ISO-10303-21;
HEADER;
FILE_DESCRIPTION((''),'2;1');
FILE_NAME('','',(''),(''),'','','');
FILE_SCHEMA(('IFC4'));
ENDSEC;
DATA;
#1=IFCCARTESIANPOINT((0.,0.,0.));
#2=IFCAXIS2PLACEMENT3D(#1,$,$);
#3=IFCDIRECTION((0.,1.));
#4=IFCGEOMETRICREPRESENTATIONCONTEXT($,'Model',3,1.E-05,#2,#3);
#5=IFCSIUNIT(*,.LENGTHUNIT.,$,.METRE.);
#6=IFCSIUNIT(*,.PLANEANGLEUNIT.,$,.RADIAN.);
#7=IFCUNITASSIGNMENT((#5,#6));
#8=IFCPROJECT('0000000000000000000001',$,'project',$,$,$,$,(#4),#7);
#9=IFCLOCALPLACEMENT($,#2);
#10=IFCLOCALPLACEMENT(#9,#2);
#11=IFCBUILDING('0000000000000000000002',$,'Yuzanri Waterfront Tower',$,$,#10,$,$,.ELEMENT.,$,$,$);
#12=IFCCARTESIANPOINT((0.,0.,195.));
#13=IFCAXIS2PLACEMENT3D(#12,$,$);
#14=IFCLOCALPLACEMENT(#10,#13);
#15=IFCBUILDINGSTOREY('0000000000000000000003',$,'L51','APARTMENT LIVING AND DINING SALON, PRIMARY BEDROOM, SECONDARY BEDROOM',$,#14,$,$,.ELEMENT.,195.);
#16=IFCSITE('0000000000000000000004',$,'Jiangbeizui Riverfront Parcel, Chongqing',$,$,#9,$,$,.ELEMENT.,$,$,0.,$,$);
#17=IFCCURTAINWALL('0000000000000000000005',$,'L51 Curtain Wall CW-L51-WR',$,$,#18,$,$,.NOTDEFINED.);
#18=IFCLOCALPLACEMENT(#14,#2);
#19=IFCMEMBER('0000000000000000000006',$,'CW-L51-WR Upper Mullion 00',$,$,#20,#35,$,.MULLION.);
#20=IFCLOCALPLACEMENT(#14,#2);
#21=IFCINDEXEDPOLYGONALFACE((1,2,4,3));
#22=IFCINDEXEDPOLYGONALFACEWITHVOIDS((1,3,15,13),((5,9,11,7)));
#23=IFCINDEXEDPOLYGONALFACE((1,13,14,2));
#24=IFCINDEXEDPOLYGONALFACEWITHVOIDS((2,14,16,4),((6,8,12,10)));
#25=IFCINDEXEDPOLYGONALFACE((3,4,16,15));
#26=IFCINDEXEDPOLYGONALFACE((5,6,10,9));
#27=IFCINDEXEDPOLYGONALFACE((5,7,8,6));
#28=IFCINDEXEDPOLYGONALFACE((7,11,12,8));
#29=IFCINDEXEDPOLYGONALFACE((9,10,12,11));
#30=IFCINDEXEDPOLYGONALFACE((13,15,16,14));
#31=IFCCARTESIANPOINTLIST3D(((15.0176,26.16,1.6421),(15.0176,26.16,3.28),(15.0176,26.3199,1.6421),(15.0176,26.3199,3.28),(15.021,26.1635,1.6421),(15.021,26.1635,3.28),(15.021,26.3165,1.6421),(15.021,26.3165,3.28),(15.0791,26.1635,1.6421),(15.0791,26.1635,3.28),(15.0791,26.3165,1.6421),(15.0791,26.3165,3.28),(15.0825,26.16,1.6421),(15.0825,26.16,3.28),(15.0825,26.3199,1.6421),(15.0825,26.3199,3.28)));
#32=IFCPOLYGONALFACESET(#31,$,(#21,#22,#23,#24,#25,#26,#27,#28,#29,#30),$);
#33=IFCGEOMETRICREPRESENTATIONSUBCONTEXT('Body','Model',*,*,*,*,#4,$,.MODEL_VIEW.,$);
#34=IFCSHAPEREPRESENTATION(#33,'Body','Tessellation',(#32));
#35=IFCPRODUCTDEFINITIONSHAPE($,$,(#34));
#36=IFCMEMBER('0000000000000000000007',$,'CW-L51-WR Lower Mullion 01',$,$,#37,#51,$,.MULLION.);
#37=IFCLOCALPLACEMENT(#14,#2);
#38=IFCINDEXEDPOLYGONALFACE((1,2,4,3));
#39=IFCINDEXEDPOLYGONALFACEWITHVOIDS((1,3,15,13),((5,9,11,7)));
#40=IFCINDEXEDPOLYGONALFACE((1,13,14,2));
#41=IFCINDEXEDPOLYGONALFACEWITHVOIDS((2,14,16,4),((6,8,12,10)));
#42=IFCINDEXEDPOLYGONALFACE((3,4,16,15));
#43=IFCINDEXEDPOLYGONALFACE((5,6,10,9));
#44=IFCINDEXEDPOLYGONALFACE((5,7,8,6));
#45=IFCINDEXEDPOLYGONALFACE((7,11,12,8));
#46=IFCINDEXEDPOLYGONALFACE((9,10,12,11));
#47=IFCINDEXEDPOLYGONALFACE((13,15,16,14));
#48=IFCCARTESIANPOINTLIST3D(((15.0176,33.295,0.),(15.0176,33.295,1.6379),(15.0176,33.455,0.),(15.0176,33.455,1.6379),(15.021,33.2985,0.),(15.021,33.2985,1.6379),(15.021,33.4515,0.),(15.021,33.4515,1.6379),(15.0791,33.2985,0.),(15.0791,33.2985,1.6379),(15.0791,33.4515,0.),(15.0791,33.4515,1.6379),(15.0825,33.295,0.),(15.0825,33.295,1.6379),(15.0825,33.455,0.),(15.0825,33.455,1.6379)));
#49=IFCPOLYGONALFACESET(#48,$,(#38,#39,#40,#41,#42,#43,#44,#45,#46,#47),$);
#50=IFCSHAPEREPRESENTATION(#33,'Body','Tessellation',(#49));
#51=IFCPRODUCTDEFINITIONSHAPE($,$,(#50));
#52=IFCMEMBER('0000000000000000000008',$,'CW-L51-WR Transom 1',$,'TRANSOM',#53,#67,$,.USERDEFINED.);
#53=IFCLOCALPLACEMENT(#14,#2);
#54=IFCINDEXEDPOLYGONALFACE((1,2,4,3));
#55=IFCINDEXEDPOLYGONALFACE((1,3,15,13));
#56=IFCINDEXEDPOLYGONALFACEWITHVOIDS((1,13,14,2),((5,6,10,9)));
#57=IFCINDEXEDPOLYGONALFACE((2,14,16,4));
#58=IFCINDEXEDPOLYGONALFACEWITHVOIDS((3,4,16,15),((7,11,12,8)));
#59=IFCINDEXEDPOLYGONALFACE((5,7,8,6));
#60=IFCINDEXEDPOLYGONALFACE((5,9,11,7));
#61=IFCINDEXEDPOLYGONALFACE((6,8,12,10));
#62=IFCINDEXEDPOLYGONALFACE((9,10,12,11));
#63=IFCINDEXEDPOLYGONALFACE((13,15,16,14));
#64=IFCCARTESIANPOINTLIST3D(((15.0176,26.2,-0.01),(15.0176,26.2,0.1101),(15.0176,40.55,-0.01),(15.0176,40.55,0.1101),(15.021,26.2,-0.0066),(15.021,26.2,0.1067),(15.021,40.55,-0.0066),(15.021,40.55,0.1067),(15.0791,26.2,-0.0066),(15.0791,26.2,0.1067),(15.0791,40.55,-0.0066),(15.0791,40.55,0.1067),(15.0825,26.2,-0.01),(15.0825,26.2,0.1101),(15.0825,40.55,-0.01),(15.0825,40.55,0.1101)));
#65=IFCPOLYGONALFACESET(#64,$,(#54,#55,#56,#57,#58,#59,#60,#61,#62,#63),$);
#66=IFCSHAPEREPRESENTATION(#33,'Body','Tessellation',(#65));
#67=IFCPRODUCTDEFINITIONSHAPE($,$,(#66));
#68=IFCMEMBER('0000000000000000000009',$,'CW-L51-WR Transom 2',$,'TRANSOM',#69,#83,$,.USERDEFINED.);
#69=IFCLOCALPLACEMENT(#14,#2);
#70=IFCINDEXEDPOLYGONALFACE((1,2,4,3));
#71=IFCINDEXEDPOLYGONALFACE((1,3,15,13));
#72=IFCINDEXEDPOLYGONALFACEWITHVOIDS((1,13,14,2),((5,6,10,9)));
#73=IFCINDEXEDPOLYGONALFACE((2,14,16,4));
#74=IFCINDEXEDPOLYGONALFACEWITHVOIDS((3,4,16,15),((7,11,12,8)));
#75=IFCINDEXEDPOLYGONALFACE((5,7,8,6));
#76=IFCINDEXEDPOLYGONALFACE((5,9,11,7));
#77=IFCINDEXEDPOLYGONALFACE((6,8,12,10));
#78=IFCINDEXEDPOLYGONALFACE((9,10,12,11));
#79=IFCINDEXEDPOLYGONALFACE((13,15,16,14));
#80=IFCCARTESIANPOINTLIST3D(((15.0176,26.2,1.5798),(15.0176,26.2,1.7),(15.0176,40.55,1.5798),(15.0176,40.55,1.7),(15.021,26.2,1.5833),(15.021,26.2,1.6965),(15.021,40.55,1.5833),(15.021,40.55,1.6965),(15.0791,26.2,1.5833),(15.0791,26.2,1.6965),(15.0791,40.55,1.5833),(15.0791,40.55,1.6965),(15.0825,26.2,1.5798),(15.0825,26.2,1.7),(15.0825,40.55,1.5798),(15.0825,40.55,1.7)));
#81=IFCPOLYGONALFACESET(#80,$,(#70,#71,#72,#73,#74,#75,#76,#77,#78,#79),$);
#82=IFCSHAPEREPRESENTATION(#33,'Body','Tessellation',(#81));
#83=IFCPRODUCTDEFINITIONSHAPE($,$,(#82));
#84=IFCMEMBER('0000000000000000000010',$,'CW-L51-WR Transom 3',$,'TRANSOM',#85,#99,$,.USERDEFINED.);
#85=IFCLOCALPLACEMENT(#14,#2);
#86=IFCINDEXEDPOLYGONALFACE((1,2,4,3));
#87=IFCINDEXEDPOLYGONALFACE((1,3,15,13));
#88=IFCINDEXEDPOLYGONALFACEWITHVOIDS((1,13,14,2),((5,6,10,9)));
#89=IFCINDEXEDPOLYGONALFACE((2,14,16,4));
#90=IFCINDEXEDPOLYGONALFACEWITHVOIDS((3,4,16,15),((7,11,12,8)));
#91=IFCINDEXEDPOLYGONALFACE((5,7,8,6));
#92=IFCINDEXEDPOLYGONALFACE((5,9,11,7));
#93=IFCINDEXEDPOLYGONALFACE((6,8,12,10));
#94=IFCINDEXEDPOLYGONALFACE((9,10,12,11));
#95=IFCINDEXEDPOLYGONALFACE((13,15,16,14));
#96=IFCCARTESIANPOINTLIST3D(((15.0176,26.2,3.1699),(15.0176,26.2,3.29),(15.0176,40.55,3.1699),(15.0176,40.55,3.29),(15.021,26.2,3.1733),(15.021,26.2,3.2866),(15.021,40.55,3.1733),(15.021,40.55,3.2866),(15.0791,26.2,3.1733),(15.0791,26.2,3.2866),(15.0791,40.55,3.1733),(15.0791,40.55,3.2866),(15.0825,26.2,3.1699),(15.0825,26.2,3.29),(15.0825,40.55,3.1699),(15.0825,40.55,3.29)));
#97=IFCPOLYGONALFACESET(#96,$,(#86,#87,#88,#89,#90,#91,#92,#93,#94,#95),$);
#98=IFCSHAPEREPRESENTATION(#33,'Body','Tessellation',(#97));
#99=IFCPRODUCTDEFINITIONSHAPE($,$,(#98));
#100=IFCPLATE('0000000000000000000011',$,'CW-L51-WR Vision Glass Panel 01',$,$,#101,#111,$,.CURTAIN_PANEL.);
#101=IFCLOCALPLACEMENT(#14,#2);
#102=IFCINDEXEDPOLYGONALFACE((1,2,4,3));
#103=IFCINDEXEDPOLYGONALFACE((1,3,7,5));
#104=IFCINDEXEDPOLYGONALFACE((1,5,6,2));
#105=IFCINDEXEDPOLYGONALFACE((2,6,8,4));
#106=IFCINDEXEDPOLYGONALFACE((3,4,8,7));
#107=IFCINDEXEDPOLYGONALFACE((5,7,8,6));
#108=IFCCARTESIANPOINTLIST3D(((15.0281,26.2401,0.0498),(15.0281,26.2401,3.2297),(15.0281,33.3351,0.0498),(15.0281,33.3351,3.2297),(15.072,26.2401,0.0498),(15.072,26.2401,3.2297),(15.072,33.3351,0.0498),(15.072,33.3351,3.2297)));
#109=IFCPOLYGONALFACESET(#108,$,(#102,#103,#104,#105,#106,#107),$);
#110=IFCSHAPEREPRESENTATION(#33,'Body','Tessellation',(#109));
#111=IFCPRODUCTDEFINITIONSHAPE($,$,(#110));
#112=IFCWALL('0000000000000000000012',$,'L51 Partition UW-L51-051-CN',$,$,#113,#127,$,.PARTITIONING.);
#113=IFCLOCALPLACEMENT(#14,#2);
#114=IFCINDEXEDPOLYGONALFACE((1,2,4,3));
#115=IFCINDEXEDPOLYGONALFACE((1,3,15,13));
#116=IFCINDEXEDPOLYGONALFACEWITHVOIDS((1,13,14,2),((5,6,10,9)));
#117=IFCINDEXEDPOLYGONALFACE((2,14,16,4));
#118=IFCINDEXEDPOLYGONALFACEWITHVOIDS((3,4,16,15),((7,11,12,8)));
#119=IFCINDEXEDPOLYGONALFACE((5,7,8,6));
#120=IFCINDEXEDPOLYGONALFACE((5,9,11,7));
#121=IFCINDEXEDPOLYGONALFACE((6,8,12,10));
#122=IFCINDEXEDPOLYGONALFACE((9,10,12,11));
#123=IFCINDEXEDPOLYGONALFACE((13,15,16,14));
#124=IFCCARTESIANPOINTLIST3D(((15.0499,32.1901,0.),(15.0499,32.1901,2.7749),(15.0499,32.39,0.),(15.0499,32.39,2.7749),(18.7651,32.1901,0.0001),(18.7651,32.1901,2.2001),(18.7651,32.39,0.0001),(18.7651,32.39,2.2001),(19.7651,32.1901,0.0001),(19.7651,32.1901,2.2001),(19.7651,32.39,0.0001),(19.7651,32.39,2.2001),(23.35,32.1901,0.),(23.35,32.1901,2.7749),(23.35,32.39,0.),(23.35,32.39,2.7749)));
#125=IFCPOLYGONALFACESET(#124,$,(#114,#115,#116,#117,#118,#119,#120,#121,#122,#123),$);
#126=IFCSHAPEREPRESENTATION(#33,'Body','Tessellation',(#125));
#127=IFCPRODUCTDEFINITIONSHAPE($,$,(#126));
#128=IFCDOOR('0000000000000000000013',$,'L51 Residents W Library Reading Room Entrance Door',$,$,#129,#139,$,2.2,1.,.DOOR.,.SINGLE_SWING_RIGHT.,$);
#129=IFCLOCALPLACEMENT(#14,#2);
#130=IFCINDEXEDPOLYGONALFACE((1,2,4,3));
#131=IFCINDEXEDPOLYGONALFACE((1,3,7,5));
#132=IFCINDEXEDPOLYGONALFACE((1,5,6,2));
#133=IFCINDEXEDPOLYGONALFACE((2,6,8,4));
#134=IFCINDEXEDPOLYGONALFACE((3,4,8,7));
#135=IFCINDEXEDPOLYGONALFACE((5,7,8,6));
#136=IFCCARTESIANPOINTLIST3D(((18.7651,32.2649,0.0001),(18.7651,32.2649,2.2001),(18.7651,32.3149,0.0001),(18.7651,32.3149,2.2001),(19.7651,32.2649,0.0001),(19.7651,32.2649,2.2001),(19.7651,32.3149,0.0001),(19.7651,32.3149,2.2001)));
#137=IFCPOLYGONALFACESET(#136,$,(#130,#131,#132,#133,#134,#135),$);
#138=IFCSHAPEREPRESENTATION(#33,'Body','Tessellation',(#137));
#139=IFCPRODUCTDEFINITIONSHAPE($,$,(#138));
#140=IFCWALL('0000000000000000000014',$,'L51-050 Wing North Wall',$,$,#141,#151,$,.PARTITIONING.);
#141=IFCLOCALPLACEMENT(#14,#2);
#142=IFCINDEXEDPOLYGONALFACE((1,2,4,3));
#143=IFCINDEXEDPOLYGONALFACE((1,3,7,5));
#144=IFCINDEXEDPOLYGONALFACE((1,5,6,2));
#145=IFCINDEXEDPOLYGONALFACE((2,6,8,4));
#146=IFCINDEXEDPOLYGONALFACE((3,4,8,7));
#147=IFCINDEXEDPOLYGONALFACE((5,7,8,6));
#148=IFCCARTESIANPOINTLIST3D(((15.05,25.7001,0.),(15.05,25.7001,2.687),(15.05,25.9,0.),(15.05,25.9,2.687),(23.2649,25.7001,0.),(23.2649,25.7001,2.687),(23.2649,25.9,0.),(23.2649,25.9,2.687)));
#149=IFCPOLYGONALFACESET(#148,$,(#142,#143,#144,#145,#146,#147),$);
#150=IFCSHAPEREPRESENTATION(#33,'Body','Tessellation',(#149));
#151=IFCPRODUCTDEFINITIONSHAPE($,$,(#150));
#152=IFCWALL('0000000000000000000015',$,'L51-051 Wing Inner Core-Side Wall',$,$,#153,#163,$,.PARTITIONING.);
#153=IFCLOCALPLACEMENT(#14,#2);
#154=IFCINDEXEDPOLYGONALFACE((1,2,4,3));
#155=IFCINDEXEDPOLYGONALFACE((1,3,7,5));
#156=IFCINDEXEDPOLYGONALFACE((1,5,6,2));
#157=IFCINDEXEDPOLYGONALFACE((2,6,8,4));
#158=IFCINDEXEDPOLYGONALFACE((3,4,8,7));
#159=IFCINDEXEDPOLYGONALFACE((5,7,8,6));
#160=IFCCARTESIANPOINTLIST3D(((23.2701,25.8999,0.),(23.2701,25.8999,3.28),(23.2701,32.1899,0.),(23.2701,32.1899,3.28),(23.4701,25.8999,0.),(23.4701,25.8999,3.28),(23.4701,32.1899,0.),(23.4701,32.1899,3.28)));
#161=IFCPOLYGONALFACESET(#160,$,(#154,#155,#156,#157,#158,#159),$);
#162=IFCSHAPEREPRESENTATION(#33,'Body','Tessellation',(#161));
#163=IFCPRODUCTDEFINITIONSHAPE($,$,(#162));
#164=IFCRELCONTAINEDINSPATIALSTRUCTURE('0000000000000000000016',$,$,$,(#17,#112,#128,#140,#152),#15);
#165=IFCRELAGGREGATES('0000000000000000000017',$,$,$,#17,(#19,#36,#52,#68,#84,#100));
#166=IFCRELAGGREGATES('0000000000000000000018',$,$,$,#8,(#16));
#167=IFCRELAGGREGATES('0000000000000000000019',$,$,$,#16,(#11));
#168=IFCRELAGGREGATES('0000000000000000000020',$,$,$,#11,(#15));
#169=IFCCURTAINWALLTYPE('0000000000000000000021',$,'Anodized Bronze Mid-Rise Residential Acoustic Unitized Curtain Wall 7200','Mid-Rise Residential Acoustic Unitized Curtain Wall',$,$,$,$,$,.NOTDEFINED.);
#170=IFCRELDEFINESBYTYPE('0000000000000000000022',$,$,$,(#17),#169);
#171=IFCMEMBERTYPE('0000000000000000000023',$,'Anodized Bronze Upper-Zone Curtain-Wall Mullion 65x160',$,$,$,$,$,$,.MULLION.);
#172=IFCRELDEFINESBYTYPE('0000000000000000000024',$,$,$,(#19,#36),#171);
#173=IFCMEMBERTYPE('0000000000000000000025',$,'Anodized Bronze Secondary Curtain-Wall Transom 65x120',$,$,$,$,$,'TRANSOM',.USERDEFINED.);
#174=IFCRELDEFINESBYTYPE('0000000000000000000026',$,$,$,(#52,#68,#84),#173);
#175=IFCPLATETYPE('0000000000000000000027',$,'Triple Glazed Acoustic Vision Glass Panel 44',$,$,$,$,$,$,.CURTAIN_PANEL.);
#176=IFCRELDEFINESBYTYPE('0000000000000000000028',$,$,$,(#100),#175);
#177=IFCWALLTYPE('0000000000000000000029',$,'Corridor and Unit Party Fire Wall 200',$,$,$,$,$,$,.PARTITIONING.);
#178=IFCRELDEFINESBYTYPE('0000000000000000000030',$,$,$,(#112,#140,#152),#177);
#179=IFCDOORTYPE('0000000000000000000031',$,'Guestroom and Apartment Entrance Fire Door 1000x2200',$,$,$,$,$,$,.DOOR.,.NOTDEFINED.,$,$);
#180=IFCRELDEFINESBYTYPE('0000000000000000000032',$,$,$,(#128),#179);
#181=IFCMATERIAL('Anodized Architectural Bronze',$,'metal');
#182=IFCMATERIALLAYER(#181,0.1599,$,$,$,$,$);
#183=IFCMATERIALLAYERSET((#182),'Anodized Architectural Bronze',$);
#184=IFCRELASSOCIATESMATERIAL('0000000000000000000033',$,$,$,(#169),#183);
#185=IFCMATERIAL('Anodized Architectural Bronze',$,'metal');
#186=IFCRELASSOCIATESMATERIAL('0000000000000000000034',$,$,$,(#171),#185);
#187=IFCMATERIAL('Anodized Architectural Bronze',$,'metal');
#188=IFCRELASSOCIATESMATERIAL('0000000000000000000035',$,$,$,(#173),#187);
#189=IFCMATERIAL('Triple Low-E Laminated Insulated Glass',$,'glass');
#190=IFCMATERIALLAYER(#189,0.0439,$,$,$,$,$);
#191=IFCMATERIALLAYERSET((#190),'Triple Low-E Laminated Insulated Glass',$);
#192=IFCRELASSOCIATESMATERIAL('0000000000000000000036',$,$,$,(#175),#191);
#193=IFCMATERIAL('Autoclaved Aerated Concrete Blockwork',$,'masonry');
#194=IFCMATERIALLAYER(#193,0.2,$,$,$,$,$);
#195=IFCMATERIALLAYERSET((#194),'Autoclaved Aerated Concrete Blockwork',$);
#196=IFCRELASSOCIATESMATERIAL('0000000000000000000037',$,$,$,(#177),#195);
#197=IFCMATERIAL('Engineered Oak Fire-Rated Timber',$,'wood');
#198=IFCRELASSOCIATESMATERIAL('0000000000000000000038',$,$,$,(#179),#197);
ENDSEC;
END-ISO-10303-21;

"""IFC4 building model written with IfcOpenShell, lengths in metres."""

from ifc_helpers import new_model, si_unit, direction, frame, frame_2d, origin, origin_2d, place, context, subcontext, project, spatial, rectangle, hollow_rectangle, extrude, source, transform, mapped, material, layer, layer_set, material_profile, profile_set, type_object, element, fill, aggregate, save


model = new_model("IFC4")

# Units and contexts
model_context = context("Model", 3, precision=1e-05, world=origin(), true_north=direction((0.0, 1.0)))
body_context = subcontext(model_context, "Body", "Model", "MODEL_VIEW")
ifc_project = project(units=[si_unit("LENGTHUNIT", "METRE"), si_unit("PLANEANGLEUNIT", "RADIAN")], contexts=[model_context])

# Site, building, storey
site_placement = place(None, origin())
site = spatial("IfcSite", under=ifc_project, at=site_placement, Name="Jiangbeizui Riverfront Parcel, Chongqing", CompositionType="ELEMENT", RefElevation=0.0)
building_placement = place(site_placement, origin())
building = spatial("IfcBuilding", under=site, at=building_placement, Name="Yuzanri Waterfront Tower", CompositionType="ELEMENT")
storey_placement = place(building_placement, frame((0.0, 0.0, 195.0)))
storey = spatial("IfcBuildingStorey", under=building, at=storey_placement, Name="L51", Description="APARTMENT LIVING AND DINING SALON, PRIMARY BEDROOM, SECONDARY BEDROOM", CompositionType="ELEMENT", Elevation=195.0)

# Shared definitions
ifc_material_1 = material(Name="Anodized Architectural Bronze", Category="metal")
ifc_layer_1 = layer(ifc_material_1, 0.1599)
ifc_layer_set_1 = layer_set([ifc_layer_1], Name="Anodized Architectural Bronze")
curtain_wall_type = type_object("IfcCurtainWallType", Name="Anodized Bronze Mid-Rise Residential Acoustic Unitized Curtain Wall 7200", Description="Mid-Rise Residential Acoustic Unitized Curtain Wall", PredefinedType="NOTDEFINED", material=ifc_layer_set_1)
ifc_material_2 = material(Name="Anodized Architectural Bronze", Category="metal")
ifc_material_profile_1 = material_profile(ifc_material_2, hollow_rectangle(XDim=0.0649, YDim=0.1599, WallThickness=0.0034, at=origin_2d()), Name="CWM 65x160")
ifc_profile_set_1 = profile_set([ifc_material_profile_1], Name="Anodized Architectural Bronze")
member_type_1 = type_object("IfcMemberType", Name="Anodized Bronze Upper-Zone Curtain-Wall Mullion 65x160", PredefinedType="MULLION", material=ifc_profile_set_1)
shared_shape_1 = source(origin(), body_context, "Body", "SweptSolid", [
    extrude(hollow_rectangle(XDim=0.0649, YDim=0.1599, WallThickness=0.0034, at=origin_2d()), origin(), (0.0, 0.0, 1.0), 1.6379),
])

# Curtain wall, members, plate
curtain_wall_1_placement = place(storey_placement, origin())
curtain_wall_1 = element("IfcCurtainWall", 1, at=curtain_wall_1_placement, inside=storey, type_object=curtain_wall_type, Name="L51 Curtain Wall CW-L51-WR", PredefinedType="NOTDEFINED")
member_1_placement = place(storey_placement, frame((15.05, 26.24, 1.6421), z_axis=(0.0, 0.0, 1.0), x_axis=(1.0, 0.0, 0.0)))
member_1 = element("IfcMember", 2, at=member_1_placement, type_object=member_type_1, Name="CW-L51-WR Upper Mullion 00", PredefinedType="MULLION", context=body_context, shape_type="MappedRepresentation", body=[
    mapped(shared_shape_1, transform((0.0, 0.0, 0.0), scale=1.0)),
])
member_2_placement = place(storey_placement, frame((15.05, 33.375, 0.0), z_axis=(0.0, 0.0, 1.0), x_axis=(1.0, 0.0, 0.0)))
member_2 = element("IfcMember", 3, at=member_2_placement, type_object=member_type_1, Name="CW-L51-WR Lower Mullion 01", PredefinedType="MULLION", context=body_context, shape_type="MappedRepresentation", body=[
    mapped(shared_shape_1, transform((0.0, 0.0, 0.0), scale=1.0)),
])
ifc_material_3 = material(Name="Anodized Architectural Bronze", Category="metal")
ifc_material_profile_2 = material_profile(ifc_material_3, hollow_rectangle(XDim=0.0649, YDim=0.1201, WallThickness=0.0034, at=origin_2d()), Name="CWT 65x120")
ifc_profile_set_2 = profile_set([ifc_material_profile_2], Name="Anodized Architectural Bronze")
member_type_2 = type_object("IfcMemberType", Name="Anodized Bronze Secondary Curtain-Wall Transom 65x120", ElementType="TRANSOM", PredefinedType="USERDEFINED", material=ifc_profile_set_2)
shared_shape_2 = source(origin(), body_context, "Body", "SweptSolid", [
    extrude(hollow_rectangle(XDim=0.0649, YDim=0.1201, WallThickness=0.0034, at=origin_2d()), origin(), (0.0, 0.0, 1.0), 14.3501),
])
member_3_placement = place(storey_placement, frame((15.05, 26.2, 0.05), z_axis=(0.0, 1.0, 0.0), x_axis=(-1.0, 0.0, 0.0)))
member_3 = element("IfcMember", 4, at=member_3_placement, type_object=member_type_2, Name="CW-L51-WR Transom 1", ObjectType="TRANSOM", PredefinedType="USERDEFINED", context=body_context, shape_type="MappedRepresentation", body=[
    mapped(shared_shape_2, transform((0.0, 0.0, 0.0), scale=1.0)),
])
member_4_placement = place(storey_placement, frame((15.05, 26.2, 1.6399), z_axis=(0.0, 1.0, 0.0), x_axis=(-1.0, 0.0, 0.0)))
member_4 = element("IfcMember", 5, at=member_4_placement, type_object=member_type_2, Name="CW-L51-WR Transom 2", ObjectType="TRANSOM", PredefinedType="USERDEFINED", context=body_context, shape_type="MappedRepresentation", body=[
    mapped(shared_shape_2, transform((0.0, 0.0, 0.0), scale=1.0)),
])
member_5_placement = place(storey_placement, frame((15.05, 26.2, 3.23), z_axis=(0.0, 1.0, 0.0), x_axis=(-1.0, 0.0, 0.0)))
member_5 = element("IfcMember", 6, at=member_5_placement, type_object=member_type_2, Name="CW-L51-WR Transom 3", ObjectType="TRANSOM", PredefinedType="USERDEFINED", context=body_context, shape_type="MappedRepresentation", body=[
    mapped(shared_shape_2, transform((0.0, 0.0, 0.0), scale=1.0)),
])
ifc_material_4 = material(Name="Triple Low-E Laminated Insulated Glass", Category="glass")
ifc_layer_2 = layer(ifc_material_4, 0.0439)
ifc_layer_set_2 = layer_set([ifc_layer_2], Name="Triple Low-E Laminated Insulated Glass")
plate_type = type_object("IfcPlateType", Name="Triple Glazed Acoustic Vision Glass Panel 44", PredefinedType="CURTAIN_PANEL", material=ifc_layer_set_2)
shared_shape_3 = source(origin(), body_context, "Body", "SweptSolid", [
    extrude(rectangle(XDim=7.095, YDim=0.0439, at=origin_2d()), origin(), (0.0, 0.0, 1.0), 3.1799),
])
plate_placement = place(storey_placement, frame((15.05, 29.7876, 0.0498), z_axis=(0.0, 0.0, 1.0), x_axis=(0.0, 1.0, 0.0)))
plate = element("IfcPlate", 7, at=plate_placement, type_object=plate_type, Name="CW-L51-WR Vision Glass Panel 01", PredefinedType="CURTAIN_PANEL", context=body_context, shape_type="MappedRepresentation", body=[
    mapped(shared_shape_3, transform((0.0, 0.0, 0.0), scale=1.0)),
])
aggregate(curtain_wall_1, [member_1, member_2, member_3, member_4, member_5, plate])

# Wall, opening, door
ifc_material_5 = material(Name="Autoclaved Aerated Concrete Blockwork", Category="masonry")
ifc_layer_3 = layer(ifc_material_5, 0.2)
ifc_layer_set_3 = layer_set([ifc_layer_3], Name="Autoclaved Aerated Concrete Blockwork")
wall_type_1 = type_object("IfcWallType", Name="Corridor and Unit Party Fire Wall 200", PredefinedType="PARTITIONING", material=ifc_layer_set_3)
wall_1_placement = place(storey_placement, frame((15.05, 32.29, 0.0), z_axis=(0.0, 0.0, 1.0), x_axis=(1.0, 0.0, 0.0)))
wall_1 = element("IfcWall", 8, at=wall_1_placement, inside=storey, type_object=wall_type_1, Name="L51 Partition UW-L51-051-CN", PredefinedType="PARTITIONING", context=body_context, shape_type="SweptSolid", body=[
    extrude(rectangle(XDim=8.3, YDim=0.2, at=frame_2d((4.1499, 0.0))), origin(), (0.0, 0.0, 1.0), 2.7749),
])
opening_1_placement = place(wall_1_placement, frame((3.7151, 0.0, 0.0)))
opening_1 = element("IfcOpeningElement", 9, at=opening_1_placement, cuts=wall_1, PredefinedType="OPENING", context=body_context, shape_type="SweptSolid", body=[
    extrude(rectangle(XDim=1.0, YDim=2.2, at=frame_2d((0.5, 1.1001))), frame((0.0, 0.1147, 0.0), z_axis=(0.0, -1.0, 0.0), x_axis=(1.0, 0.0, 0.0)), (0.0, 0.0, 1.0), 0.2297),
])
ifc_material_6 = material(Name="Engineered Oak Fire-Rated Timber", Category="wood")
door_type_1 = type_object("IfcDoorType", Name="Guestroom and Apartment Entrance Fire Door 1000x2200", OperationType="NOTDEFINED", PredefinedType="DOOR", material=ifc_material_6)
shared_shape_4 = source(origin(), body_context, "Body", "SweptSolid", [
    extrude(rectangle(XDim=1.0, YDim=2.2, at=frame_2d((0.5, 1.1001))), frame((0.0, 0.0249, 0.0), z_axis=(0.0, -1.0, 0.0), x_axis=(1.0, 0.0, 0.0)), (0.0, 0.0, 1.0), 0.05),
])
door_1_placement = place(opening_1_placement, origin())
door_1 = element("IfcDoor", 10, at=door_1_placement, inside=storey, type_object=door_type_1, Name="L51 Residents W Library Reading Room Entrance Door", OperationType="SINGLE_SWING_RIGHT", OverallHeight=2.2, OverallWidth=1.0, PredefinedType="DOOR", context=body_context, shape_type="MappedRepresentation", body=[
    mapped(shared_shape_4, transform((0.0, 0.0, 0.0), scale=1.0)),
])
fill(opening_1, door_1)

# Walls
shared_shape_5 = source(origin(), body_context, "Body", "SweptSolid", [
    extrude(rectangle(XDim=8.2148, YDim=0.2, at=frame_2d((4.1074, 0.0))), origin(), (0.0, 0.0, 1.0), 2.687),
])
wall_2_placement = place(storey_placement, frame((15.05, 25.8, 0.0), z_axis=(0.0, 0.0, 1.0), x_axis=(1.0, 0.0, 0.0)))
element("IfcWall", 11, at=wall_2_placement, inside=storey, type_object=wall_type_1, Name="L51-050 Wing North Wall", PredefinedType="PARTITIONING", context=body_context, shape_type="MappedRepresentation", body=[
    mapped(shared_shape_5, transform((0.0, 0.0, 0.0), scale=1.0)),
])
shared_shape_6 = source(origin(), body_context, "Body", "SweptSolid", [
    extrude(rectangle(XDim=6.29, YDim=0.2, at=frame_2d((3.145, 0.0))), origin(), (0.0, 0.0, 1.0), 3.28),
])
wall_3_placement = place(storey_placement, frame((23.3701, 25.8999, 0.0), z_axis=(0.0, 0.0, 1.0), x_axis=(0.0, 1.0, 0.0)))
element("IfcWall", 12, at=wall_3_placement, inside=storey, type_object=wall_type_1, Name="L51-051 Wing Inner Core-Side Wall", PredefinedType="PARTITIONING", context=body_context, shape_type="MappedRepresentation", body=[
    mapped(shared_shape_6, transform((0.0, 0.0, 0.0), scale=1.0)),
])

save(model, "model.ifc")
